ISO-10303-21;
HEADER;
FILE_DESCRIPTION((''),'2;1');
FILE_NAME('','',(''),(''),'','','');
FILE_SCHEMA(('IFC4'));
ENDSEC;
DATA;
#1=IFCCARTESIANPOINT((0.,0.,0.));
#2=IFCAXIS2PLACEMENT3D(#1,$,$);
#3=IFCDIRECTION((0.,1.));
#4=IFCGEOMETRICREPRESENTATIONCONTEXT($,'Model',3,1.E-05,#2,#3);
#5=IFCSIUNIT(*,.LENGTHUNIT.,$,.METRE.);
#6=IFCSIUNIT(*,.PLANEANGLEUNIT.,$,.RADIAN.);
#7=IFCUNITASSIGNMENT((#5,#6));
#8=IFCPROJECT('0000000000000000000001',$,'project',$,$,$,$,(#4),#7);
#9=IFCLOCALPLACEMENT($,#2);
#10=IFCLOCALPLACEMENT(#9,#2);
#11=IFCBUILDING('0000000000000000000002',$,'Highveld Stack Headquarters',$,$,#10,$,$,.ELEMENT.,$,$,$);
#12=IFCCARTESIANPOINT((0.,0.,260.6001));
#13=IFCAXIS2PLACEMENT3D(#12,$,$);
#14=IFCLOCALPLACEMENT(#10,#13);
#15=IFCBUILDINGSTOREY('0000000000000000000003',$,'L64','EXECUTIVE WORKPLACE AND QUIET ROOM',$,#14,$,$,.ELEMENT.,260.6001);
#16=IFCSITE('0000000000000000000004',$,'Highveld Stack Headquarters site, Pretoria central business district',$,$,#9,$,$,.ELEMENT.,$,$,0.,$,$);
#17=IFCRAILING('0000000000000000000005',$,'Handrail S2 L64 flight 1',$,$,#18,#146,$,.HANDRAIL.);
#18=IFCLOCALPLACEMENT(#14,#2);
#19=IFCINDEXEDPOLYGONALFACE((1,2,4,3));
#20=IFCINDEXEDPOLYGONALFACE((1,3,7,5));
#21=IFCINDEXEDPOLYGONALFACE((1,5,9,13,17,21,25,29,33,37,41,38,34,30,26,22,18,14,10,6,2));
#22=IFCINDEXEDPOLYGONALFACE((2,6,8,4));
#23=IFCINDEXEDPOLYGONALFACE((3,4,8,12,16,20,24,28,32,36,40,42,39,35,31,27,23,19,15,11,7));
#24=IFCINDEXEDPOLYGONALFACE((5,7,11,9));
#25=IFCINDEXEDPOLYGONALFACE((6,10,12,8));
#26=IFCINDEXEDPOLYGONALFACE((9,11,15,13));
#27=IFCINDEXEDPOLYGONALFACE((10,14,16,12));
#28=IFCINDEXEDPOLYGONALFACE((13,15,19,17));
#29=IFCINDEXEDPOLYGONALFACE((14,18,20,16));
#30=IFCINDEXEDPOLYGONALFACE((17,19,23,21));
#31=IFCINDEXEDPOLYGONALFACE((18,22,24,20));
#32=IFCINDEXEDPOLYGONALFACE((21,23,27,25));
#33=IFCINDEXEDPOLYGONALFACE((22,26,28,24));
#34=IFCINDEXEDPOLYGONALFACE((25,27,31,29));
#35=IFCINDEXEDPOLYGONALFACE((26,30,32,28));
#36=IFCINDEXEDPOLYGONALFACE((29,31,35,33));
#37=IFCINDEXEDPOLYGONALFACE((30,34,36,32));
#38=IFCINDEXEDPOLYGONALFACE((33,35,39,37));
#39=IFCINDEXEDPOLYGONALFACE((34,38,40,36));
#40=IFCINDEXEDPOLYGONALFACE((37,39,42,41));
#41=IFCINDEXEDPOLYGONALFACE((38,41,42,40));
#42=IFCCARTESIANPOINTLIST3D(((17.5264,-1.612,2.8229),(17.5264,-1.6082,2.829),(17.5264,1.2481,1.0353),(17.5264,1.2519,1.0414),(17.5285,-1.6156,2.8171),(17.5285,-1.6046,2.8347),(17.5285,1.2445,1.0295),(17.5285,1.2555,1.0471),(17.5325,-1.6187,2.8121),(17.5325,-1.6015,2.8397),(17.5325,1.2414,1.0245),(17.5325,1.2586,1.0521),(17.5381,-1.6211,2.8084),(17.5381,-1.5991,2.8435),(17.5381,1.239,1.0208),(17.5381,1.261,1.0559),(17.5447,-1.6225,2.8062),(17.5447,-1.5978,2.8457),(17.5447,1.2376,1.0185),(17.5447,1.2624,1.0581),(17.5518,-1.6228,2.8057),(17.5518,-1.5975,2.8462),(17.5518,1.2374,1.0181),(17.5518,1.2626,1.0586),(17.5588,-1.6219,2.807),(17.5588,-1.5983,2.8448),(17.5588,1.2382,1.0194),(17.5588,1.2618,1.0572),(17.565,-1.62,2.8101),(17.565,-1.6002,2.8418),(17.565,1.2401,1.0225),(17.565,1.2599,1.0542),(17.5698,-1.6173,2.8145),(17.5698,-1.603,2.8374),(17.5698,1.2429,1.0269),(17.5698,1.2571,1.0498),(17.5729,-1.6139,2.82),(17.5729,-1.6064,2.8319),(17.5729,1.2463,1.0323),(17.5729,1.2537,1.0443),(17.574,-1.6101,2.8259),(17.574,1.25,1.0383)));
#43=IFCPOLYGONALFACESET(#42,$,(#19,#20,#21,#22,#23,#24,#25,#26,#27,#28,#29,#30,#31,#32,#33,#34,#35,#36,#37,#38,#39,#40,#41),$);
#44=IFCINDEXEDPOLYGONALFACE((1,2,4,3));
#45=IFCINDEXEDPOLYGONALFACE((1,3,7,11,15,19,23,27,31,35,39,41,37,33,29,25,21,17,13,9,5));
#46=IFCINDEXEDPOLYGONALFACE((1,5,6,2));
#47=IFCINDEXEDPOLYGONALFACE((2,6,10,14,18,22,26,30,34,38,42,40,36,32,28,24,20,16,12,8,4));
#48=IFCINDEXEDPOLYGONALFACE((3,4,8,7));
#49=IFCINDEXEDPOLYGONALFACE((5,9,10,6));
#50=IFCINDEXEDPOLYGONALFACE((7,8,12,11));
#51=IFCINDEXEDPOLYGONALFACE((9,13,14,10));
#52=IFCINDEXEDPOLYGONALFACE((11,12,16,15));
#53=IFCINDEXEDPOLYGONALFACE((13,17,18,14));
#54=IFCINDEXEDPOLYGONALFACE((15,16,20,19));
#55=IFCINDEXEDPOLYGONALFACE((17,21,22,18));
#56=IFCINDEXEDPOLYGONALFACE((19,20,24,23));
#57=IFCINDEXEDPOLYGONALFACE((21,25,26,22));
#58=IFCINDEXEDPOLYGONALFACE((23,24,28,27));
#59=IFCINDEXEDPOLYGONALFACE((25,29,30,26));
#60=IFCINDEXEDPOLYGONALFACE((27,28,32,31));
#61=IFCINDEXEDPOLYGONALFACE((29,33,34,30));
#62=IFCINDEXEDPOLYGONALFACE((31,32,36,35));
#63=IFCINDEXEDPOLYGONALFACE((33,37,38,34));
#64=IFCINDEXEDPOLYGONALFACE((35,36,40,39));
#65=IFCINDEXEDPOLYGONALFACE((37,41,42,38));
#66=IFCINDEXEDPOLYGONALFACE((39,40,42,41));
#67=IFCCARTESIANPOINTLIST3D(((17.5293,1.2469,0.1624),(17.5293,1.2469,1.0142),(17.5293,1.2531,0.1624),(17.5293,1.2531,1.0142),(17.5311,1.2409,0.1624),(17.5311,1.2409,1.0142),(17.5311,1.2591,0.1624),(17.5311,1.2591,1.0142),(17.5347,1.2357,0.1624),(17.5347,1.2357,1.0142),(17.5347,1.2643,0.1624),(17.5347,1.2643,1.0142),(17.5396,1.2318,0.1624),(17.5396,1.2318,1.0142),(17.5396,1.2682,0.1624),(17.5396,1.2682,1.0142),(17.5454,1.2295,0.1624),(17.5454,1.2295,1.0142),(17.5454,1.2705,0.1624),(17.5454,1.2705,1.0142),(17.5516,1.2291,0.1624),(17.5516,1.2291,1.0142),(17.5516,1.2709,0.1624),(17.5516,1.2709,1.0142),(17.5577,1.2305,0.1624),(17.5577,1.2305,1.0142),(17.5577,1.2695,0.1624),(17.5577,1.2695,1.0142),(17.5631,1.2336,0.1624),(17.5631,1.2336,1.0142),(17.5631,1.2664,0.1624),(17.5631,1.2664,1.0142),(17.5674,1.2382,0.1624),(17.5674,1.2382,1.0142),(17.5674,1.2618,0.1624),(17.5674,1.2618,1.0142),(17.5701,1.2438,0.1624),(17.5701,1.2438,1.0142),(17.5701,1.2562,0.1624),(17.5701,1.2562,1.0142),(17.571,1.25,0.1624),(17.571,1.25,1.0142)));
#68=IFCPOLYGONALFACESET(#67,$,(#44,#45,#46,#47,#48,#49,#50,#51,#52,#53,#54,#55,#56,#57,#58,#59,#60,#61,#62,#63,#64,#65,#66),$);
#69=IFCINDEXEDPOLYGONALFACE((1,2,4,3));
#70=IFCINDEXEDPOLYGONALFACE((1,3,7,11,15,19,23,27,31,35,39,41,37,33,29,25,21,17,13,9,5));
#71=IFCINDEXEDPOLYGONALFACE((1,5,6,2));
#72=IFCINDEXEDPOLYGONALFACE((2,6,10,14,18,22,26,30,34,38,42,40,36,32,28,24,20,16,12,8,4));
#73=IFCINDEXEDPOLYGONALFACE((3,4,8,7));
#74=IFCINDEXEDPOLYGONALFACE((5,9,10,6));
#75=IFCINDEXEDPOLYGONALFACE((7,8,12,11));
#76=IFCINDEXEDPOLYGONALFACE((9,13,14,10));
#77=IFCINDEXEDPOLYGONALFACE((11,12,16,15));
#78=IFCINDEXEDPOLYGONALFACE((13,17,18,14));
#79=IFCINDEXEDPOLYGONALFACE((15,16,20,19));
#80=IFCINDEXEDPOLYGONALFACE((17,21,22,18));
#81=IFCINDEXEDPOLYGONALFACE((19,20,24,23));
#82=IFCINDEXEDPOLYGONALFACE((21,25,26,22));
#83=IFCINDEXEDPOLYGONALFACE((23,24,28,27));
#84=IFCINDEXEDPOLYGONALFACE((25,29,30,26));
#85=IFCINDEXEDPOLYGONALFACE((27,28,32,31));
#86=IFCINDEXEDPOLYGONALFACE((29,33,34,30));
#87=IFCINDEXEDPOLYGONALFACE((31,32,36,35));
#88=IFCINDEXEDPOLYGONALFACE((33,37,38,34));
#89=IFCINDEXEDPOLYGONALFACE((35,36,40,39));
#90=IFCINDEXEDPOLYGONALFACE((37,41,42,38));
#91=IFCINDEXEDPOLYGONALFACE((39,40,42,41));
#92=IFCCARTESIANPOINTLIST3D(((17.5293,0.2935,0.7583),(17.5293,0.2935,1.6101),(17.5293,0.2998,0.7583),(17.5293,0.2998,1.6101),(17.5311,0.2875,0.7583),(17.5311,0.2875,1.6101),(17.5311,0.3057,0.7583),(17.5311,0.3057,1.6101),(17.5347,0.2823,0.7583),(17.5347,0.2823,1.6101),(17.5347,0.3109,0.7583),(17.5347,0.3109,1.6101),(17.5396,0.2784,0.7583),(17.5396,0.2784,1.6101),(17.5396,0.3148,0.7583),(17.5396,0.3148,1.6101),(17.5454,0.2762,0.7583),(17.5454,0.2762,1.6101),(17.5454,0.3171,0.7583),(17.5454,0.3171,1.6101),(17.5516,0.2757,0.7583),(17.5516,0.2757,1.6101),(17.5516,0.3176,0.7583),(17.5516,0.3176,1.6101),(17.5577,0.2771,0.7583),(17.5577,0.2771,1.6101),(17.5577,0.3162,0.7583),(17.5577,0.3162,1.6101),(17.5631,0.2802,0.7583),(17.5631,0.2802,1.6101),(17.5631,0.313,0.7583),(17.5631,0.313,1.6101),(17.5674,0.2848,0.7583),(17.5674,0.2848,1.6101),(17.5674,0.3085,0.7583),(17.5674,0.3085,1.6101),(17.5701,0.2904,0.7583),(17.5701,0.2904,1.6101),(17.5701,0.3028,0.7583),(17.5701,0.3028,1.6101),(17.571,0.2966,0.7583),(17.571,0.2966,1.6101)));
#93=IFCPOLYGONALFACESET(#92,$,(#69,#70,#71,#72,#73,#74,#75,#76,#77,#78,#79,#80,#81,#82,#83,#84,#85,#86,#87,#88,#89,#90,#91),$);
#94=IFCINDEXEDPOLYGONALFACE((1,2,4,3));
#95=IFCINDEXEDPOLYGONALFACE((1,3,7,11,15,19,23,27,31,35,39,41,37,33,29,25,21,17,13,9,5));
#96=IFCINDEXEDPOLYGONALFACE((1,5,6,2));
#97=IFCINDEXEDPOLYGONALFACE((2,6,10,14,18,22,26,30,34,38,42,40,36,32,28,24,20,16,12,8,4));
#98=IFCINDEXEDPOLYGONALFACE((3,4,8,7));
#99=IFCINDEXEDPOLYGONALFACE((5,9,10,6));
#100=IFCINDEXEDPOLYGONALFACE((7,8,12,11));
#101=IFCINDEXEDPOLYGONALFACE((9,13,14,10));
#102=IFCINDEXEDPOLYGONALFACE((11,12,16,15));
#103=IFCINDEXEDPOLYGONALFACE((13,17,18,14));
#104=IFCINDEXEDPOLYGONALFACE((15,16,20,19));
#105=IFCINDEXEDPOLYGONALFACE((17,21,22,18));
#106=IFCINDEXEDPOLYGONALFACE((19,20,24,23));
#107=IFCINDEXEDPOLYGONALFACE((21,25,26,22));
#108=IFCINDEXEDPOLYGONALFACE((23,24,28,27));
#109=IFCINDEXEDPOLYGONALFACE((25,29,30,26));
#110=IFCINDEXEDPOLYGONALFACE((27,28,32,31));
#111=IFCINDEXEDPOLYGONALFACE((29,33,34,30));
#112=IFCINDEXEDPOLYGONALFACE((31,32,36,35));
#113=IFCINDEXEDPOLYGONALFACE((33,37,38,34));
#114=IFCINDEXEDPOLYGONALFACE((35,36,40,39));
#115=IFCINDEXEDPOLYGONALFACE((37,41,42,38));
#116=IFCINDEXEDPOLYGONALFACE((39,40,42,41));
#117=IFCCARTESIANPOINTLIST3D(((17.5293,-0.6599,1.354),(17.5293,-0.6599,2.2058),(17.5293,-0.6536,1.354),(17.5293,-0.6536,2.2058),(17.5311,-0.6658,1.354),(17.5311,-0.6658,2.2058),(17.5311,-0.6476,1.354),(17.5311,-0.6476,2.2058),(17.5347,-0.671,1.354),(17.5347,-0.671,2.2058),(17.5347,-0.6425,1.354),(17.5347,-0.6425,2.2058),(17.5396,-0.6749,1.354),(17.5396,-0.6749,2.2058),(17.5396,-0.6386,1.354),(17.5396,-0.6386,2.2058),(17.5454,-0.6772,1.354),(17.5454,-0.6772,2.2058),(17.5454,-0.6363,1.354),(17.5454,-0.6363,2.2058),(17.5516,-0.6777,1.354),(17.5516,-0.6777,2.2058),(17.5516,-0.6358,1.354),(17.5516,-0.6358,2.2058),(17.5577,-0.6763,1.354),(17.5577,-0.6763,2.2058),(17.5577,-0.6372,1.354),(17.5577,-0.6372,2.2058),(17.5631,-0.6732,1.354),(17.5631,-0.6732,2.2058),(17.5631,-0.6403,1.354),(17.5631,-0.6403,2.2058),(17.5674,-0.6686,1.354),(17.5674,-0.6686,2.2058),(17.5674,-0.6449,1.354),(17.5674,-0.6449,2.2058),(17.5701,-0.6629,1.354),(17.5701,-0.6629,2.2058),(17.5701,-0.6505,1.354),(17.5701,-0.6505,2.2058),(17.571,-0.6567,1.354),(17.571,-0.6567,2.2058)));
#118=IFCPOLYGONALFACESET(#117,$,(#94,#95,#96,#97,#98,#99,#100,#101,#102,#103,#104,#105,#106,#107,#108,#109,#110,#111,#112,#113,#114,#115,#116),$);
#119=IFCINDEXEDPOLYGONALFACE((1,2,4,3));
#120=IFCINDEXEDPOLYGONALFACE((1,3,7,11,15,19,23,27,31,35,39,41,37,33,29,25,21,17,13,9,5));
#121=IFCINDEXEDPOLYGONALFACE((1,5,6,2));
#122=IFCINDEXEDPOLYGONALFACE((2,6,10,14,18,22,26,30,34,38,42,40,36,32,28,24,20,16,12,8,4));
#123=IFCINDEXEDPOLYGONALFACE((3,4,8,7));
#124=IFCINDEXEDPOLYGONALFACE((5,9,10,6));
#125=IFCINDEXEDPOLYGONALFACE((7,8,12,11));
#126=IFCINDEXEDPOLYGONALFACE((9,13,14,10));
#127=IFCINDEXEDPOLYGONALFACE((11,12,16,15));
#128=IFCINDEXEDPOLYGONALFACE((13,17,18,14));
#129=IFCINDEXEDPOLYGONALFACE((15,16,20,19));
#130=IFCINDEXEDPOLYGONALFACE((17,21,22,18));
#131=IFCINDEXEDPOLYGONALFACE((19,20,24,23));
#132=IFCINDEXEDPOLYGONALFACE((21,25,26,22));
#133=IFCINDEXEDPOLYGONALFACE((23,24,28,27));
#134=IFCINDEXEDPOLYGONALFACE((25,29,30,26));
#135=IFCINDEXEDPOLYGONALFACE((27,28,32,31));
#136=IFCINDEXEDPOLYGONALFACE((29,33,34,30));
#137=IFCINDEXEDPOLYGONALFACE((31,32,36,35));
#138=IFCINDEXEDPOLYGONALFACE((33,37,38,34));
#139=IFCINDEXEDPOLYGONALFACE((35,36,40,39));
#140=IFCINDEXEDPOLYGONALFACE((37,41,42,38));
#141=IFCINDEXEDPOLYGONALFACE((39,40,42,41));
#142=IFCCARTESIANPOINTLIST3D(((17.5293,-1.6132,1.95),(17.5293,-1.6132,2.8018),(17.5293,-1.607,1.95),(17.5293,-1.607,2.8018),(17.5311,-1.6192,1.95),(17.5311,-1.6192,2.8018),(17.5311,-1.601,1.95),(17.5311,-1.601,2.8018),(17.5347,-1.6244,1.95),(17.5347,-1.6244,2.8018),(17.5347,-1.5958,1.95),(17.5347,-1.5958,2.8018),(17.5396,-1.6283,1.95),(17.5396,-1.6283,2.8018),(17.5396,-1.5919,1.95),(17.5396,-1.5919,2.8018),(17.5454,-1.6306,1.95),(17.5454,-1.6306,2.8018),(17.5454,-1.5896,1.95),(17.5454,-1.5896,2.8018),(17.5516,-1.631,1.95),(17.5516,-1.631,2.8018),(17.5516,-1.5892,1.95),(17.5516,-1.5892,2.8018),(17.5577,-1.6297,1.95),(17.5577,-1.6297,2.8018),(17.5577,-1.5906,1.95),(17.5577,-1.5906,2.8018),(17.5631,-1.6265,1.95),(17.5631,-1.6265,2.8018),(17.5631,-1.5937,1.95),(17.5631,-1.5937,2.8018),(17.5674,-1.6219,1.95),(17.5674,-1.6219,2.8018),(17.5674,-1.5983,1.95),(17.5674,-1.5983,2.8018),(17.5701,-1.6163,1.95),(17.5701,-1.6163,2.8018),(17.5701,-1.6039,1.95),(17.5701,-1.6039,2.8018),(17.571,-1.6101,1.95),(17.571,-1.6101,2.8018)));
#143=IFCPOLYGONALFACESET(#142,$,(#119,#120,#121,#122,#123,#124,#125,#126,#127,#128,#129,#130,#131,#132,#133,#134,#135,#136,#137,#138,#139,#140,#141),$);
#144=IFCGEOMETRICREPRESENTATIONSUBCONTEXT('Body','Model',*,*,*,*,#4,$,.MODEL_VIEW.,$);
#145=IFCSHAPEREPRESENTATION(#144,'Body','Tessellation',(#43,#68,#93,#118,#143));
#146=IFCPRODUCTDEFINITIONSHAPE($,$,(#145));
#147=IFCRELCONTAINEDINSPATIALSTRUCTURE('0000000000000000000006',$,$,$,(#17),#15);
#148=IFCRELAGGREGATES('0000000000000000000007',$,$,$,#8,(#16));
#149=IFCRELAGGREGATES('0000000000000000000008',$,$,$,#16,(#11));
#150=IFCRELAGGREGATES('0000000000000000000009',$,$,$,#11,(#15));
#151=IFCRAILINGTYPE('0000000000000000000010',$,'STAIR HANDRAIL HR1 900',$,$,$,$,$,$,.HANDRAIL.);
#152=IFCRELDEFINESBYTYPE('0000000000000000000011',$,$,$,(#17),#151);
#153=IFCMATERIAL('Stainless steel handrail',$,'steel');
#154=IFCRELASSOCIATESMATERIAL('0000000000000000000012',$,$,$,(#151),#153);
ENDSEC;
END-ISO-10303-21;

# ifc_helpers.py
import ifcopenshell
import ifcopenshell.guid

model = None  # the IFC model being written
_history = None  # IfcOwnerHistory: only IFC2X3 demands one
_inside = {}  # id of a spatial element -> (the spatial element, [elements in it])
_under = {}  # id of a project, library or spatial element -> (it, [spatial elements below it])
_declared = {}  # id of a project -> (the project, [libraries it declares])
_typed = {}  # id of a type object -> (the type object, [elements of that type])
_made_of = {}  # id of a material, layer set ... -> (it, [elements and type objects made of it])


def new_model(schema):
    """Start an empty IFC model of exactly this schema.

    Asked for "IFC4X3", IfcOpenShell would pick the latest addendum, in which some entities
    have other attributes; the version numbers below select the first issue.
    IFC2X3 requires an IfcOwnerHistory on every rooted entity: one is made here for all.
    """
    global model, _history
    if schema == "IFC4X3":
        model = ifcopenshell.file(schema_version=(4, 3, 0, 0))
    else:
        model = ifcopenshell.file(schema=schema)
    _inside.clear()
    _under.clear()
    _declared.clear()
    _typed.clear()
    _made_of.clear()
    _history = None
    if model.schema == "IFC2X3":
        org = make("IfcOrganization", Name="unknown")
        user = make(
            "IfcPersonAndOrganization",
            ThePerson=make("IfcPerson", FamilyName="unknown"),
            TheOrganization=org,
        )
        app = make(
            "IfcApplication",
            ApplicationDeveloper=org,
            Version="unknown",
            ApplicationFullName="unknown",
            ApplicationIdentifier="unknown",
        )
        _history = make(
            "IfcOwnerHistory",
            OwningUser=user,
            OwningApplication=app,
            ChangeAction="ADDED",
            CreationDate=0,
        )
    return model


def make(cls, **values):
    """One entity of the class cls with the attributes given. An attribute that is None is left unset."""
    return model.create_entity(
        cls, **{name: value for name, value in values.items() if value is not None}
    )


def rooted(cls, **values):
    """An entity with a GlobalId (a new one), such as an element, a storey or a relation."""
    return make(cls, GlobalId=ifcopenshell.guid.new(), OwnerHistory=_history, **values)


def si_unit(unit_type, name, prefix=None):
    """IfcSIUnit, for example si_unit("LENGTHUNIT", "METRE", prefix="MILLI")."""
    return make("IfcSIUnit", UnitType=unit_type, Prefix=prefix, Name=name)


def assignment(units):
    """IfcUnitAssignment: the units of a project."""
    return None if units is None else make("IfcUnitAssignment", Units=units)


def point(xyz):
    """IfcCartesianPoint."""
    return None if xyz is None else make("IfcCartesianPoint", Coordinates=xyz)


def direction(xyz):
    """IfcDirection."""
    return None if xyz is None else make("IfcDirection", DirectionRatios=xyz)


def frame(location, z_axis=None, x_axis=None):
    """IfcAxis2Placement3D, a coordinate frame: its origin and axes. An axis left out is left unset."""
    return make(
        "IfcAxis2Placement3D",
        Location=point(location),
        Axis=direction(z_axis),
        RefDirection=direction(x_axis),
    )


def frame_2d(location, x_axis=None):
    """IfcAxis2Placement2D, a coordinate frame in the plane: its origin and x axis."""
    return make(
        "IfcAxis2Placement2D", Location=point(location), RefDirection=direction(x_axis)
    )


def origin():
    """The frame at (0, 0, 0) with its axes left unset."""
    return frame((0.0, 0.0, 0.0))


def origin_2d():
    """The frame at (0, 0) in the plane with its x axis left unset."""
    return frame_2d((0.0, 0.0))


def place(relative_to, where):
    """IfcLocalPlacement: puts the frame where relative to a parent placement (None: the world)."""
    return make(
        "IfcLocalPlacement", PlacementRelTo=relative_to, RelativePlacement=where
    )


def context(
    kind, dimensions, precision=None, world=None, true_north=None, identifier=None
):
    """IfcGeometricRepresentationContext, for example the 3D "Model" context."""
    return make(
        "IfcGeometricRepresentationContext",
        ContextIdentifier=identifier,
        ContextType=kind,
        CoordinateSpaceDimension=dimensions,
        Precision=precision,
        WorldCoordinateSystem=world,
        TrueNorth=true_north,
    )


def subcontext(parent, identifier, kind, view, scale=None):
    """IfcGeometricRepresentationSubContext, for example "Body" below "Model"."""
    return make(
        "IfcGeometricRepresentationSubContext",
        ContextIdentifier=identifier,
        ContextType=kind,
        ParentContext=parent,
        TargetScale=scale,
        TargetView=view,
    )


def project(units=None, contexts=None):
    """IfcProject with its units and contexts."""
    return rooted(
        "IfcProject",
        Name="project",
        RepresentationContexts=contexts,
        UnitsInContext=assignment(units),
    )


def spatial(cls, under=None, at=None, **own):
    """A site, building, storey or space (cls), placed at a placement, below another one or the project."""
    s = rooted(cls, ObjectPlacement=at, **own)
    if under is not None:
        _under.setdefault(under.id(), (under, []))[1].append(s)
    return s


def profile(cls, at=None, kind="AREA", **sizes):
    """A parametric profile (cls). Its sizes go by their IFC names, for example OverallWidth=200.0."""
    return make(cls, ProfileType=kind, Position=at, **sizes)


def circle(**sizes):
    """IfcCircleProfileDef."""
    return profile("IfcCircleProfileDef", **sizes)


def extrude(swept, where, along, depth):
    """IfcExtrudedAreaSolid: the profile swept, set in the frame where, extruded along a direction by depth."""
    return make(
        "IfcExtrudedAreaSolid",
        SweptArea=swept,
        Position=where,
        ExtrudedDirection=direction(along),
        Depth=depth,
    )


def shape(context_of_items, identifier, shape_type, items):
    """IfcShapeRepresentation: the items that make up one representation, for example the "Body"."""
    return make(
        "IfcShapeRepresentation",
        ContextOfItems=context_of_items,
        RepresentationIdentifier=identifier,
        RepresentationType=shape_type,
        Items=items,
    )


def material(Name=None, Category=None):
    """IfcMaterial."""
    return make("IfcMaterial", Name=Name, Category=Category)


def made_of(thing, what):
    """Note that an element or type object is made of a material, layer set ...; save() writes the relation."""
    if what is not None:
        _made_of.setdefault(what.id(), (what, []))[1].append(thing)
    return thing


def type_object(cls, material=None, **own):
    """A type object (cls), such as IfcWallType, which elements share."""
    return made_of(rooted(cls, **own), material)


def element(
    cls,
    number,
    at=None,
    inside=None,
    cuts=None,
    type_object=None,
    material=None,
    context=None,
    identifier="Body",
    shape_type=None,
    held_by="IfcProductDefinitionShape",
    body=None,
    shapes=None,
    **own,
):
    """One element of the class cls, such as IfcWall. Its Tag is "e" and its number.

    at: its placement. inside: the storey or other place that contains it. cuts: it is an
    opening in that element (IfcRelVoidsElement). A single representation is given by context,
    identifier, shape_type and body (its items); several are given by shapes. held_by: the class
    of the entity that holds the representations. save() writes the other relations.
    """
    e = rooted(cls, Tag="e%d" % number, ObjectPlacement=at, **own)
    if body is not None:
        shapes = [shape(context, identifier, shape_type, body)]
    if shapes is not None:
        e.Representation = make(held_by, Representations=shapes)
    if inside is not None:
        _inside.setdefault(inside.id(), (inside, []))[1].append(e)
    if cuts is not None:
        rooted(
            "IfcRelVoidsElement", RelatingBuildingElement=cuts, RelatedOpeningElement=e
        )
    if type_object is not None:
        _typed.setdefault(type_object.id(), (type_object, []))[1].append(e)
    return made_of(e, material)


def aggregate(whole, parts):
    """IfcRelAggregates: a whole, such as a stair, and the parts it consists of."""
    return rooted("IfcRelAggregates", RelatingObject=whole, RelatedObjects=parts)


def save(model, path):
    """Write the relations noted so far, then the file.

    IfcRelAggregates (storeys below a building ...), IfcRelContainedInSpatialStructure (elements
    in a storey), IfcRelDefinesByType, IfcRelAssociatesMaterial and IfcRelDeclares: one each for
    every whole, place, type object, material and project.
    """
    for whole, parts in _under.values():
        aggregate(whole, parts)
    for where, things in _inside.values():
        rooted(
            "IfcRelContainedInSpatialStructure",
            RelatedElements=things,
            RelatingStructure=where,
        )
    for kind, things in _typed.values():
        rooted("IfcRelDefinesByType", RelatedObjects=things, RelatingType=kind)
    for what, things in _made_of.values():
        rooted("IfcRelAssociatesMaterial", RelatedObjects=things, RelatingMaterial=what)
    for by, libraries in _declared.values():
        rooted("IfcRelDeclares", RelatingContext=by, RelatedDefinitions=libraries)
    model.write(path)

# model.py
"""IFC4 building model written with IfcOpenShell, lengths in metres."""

from ifc_helpers import new_model, si_unit, direction, frame, origin, origin_2d, place, context, subcontext, project, spatial, circle, extrude, material, type_object, element, save


model = new_model("IFC4")

# Units and contexts
model_context = context("Model", 3, precision=1e-05, world=origin(), true_north=direction((0.0, 1.0)))
body_context = subcontext(model_context, "Body", "Model", "MODEL_VIEW")
ifc_project = project(units=[si_unit("LENGTHUNIT", "METRE"), si_unit("PLANEANGLEUNIT", "RADIAN")], contexts=[model_context])

# Site, building, storey
site_placement = place(None, origin())
site = spatial("IfcSite", under=ifc_project, at=site_placement, Name="Highveld Stack Headquarters site, Pretoria central business district", CompositionType="ELEMENT", RefElevation=0.0)
building_placement = place(site_placement, origin())
building = spatial("IfcBuilding", under=site, at=building_placement, Name="Highveld Stack Headquarters", CompositionType="ELEMENT")
storey_placement = place(building_placement, frame((0.0, 0.0, 260.6001)))
storey = spatial("IfcBuildingStorey", under=building, at=storey_placement, Name="L64", Description="EXECUTIVE WORKPLACE AND QUIET ROOM", CompositionType="ELEMENT", Elevation=260.6001)

# Railing
ifc_material_1 = material(Name="Stainless steel handrail", Category="steel")
railing_type = type_object("IfcRailingType", Name="STAIR HANDRAIL HR1 900", PredefinedType="HANDRAIL", material=ifc_material_1)
for number, where, name in (
    (1, (17.55, 1.25, 0.1624), "Handrail S2 L64 flight 1"),
):
    element("IfcRailing", number, at=place(storey_placement, frame(where)), inside=storey, type_object=railing_type, Name=name, PredefinedType="HANDRAIL", context=body_context, shape_type="SweptSolid", body=[
        extrude(circle(Radius=0.0239, at=origin_2d()), frame((0.0, 0.0, 0.876), z_axis=(0.0, -0.847994, 0.530005), x_axis=(1.0, 0.0, 0.0)), (0.0, 0.0, 1.0), 3.3728),
        extrude(circle(Radius=0.021, at=origin_2d()), origin(), (0.0, 0.0, 1.0), 0.8518),
        extrude(circle(Radius=0.021, at=origin_2d()), frame((0.0, -0.9534, 0.5959)), (0.0, 0.0, 1.0), 0.8518),
        extrude(circle(Radius=0.021, at=origin_2d()), frame((0.0, -1.9067, 1.1917)), (0.0, 0.0, 1.0), 0.8518),
        extrude(circle(Radius=0.021, at=origin_2d()), frame((0.0, -2.8601, 1.7876)), (0.0, 0.0, 1.0), 0.8518),
    ])

save(model, "model.ifc")
